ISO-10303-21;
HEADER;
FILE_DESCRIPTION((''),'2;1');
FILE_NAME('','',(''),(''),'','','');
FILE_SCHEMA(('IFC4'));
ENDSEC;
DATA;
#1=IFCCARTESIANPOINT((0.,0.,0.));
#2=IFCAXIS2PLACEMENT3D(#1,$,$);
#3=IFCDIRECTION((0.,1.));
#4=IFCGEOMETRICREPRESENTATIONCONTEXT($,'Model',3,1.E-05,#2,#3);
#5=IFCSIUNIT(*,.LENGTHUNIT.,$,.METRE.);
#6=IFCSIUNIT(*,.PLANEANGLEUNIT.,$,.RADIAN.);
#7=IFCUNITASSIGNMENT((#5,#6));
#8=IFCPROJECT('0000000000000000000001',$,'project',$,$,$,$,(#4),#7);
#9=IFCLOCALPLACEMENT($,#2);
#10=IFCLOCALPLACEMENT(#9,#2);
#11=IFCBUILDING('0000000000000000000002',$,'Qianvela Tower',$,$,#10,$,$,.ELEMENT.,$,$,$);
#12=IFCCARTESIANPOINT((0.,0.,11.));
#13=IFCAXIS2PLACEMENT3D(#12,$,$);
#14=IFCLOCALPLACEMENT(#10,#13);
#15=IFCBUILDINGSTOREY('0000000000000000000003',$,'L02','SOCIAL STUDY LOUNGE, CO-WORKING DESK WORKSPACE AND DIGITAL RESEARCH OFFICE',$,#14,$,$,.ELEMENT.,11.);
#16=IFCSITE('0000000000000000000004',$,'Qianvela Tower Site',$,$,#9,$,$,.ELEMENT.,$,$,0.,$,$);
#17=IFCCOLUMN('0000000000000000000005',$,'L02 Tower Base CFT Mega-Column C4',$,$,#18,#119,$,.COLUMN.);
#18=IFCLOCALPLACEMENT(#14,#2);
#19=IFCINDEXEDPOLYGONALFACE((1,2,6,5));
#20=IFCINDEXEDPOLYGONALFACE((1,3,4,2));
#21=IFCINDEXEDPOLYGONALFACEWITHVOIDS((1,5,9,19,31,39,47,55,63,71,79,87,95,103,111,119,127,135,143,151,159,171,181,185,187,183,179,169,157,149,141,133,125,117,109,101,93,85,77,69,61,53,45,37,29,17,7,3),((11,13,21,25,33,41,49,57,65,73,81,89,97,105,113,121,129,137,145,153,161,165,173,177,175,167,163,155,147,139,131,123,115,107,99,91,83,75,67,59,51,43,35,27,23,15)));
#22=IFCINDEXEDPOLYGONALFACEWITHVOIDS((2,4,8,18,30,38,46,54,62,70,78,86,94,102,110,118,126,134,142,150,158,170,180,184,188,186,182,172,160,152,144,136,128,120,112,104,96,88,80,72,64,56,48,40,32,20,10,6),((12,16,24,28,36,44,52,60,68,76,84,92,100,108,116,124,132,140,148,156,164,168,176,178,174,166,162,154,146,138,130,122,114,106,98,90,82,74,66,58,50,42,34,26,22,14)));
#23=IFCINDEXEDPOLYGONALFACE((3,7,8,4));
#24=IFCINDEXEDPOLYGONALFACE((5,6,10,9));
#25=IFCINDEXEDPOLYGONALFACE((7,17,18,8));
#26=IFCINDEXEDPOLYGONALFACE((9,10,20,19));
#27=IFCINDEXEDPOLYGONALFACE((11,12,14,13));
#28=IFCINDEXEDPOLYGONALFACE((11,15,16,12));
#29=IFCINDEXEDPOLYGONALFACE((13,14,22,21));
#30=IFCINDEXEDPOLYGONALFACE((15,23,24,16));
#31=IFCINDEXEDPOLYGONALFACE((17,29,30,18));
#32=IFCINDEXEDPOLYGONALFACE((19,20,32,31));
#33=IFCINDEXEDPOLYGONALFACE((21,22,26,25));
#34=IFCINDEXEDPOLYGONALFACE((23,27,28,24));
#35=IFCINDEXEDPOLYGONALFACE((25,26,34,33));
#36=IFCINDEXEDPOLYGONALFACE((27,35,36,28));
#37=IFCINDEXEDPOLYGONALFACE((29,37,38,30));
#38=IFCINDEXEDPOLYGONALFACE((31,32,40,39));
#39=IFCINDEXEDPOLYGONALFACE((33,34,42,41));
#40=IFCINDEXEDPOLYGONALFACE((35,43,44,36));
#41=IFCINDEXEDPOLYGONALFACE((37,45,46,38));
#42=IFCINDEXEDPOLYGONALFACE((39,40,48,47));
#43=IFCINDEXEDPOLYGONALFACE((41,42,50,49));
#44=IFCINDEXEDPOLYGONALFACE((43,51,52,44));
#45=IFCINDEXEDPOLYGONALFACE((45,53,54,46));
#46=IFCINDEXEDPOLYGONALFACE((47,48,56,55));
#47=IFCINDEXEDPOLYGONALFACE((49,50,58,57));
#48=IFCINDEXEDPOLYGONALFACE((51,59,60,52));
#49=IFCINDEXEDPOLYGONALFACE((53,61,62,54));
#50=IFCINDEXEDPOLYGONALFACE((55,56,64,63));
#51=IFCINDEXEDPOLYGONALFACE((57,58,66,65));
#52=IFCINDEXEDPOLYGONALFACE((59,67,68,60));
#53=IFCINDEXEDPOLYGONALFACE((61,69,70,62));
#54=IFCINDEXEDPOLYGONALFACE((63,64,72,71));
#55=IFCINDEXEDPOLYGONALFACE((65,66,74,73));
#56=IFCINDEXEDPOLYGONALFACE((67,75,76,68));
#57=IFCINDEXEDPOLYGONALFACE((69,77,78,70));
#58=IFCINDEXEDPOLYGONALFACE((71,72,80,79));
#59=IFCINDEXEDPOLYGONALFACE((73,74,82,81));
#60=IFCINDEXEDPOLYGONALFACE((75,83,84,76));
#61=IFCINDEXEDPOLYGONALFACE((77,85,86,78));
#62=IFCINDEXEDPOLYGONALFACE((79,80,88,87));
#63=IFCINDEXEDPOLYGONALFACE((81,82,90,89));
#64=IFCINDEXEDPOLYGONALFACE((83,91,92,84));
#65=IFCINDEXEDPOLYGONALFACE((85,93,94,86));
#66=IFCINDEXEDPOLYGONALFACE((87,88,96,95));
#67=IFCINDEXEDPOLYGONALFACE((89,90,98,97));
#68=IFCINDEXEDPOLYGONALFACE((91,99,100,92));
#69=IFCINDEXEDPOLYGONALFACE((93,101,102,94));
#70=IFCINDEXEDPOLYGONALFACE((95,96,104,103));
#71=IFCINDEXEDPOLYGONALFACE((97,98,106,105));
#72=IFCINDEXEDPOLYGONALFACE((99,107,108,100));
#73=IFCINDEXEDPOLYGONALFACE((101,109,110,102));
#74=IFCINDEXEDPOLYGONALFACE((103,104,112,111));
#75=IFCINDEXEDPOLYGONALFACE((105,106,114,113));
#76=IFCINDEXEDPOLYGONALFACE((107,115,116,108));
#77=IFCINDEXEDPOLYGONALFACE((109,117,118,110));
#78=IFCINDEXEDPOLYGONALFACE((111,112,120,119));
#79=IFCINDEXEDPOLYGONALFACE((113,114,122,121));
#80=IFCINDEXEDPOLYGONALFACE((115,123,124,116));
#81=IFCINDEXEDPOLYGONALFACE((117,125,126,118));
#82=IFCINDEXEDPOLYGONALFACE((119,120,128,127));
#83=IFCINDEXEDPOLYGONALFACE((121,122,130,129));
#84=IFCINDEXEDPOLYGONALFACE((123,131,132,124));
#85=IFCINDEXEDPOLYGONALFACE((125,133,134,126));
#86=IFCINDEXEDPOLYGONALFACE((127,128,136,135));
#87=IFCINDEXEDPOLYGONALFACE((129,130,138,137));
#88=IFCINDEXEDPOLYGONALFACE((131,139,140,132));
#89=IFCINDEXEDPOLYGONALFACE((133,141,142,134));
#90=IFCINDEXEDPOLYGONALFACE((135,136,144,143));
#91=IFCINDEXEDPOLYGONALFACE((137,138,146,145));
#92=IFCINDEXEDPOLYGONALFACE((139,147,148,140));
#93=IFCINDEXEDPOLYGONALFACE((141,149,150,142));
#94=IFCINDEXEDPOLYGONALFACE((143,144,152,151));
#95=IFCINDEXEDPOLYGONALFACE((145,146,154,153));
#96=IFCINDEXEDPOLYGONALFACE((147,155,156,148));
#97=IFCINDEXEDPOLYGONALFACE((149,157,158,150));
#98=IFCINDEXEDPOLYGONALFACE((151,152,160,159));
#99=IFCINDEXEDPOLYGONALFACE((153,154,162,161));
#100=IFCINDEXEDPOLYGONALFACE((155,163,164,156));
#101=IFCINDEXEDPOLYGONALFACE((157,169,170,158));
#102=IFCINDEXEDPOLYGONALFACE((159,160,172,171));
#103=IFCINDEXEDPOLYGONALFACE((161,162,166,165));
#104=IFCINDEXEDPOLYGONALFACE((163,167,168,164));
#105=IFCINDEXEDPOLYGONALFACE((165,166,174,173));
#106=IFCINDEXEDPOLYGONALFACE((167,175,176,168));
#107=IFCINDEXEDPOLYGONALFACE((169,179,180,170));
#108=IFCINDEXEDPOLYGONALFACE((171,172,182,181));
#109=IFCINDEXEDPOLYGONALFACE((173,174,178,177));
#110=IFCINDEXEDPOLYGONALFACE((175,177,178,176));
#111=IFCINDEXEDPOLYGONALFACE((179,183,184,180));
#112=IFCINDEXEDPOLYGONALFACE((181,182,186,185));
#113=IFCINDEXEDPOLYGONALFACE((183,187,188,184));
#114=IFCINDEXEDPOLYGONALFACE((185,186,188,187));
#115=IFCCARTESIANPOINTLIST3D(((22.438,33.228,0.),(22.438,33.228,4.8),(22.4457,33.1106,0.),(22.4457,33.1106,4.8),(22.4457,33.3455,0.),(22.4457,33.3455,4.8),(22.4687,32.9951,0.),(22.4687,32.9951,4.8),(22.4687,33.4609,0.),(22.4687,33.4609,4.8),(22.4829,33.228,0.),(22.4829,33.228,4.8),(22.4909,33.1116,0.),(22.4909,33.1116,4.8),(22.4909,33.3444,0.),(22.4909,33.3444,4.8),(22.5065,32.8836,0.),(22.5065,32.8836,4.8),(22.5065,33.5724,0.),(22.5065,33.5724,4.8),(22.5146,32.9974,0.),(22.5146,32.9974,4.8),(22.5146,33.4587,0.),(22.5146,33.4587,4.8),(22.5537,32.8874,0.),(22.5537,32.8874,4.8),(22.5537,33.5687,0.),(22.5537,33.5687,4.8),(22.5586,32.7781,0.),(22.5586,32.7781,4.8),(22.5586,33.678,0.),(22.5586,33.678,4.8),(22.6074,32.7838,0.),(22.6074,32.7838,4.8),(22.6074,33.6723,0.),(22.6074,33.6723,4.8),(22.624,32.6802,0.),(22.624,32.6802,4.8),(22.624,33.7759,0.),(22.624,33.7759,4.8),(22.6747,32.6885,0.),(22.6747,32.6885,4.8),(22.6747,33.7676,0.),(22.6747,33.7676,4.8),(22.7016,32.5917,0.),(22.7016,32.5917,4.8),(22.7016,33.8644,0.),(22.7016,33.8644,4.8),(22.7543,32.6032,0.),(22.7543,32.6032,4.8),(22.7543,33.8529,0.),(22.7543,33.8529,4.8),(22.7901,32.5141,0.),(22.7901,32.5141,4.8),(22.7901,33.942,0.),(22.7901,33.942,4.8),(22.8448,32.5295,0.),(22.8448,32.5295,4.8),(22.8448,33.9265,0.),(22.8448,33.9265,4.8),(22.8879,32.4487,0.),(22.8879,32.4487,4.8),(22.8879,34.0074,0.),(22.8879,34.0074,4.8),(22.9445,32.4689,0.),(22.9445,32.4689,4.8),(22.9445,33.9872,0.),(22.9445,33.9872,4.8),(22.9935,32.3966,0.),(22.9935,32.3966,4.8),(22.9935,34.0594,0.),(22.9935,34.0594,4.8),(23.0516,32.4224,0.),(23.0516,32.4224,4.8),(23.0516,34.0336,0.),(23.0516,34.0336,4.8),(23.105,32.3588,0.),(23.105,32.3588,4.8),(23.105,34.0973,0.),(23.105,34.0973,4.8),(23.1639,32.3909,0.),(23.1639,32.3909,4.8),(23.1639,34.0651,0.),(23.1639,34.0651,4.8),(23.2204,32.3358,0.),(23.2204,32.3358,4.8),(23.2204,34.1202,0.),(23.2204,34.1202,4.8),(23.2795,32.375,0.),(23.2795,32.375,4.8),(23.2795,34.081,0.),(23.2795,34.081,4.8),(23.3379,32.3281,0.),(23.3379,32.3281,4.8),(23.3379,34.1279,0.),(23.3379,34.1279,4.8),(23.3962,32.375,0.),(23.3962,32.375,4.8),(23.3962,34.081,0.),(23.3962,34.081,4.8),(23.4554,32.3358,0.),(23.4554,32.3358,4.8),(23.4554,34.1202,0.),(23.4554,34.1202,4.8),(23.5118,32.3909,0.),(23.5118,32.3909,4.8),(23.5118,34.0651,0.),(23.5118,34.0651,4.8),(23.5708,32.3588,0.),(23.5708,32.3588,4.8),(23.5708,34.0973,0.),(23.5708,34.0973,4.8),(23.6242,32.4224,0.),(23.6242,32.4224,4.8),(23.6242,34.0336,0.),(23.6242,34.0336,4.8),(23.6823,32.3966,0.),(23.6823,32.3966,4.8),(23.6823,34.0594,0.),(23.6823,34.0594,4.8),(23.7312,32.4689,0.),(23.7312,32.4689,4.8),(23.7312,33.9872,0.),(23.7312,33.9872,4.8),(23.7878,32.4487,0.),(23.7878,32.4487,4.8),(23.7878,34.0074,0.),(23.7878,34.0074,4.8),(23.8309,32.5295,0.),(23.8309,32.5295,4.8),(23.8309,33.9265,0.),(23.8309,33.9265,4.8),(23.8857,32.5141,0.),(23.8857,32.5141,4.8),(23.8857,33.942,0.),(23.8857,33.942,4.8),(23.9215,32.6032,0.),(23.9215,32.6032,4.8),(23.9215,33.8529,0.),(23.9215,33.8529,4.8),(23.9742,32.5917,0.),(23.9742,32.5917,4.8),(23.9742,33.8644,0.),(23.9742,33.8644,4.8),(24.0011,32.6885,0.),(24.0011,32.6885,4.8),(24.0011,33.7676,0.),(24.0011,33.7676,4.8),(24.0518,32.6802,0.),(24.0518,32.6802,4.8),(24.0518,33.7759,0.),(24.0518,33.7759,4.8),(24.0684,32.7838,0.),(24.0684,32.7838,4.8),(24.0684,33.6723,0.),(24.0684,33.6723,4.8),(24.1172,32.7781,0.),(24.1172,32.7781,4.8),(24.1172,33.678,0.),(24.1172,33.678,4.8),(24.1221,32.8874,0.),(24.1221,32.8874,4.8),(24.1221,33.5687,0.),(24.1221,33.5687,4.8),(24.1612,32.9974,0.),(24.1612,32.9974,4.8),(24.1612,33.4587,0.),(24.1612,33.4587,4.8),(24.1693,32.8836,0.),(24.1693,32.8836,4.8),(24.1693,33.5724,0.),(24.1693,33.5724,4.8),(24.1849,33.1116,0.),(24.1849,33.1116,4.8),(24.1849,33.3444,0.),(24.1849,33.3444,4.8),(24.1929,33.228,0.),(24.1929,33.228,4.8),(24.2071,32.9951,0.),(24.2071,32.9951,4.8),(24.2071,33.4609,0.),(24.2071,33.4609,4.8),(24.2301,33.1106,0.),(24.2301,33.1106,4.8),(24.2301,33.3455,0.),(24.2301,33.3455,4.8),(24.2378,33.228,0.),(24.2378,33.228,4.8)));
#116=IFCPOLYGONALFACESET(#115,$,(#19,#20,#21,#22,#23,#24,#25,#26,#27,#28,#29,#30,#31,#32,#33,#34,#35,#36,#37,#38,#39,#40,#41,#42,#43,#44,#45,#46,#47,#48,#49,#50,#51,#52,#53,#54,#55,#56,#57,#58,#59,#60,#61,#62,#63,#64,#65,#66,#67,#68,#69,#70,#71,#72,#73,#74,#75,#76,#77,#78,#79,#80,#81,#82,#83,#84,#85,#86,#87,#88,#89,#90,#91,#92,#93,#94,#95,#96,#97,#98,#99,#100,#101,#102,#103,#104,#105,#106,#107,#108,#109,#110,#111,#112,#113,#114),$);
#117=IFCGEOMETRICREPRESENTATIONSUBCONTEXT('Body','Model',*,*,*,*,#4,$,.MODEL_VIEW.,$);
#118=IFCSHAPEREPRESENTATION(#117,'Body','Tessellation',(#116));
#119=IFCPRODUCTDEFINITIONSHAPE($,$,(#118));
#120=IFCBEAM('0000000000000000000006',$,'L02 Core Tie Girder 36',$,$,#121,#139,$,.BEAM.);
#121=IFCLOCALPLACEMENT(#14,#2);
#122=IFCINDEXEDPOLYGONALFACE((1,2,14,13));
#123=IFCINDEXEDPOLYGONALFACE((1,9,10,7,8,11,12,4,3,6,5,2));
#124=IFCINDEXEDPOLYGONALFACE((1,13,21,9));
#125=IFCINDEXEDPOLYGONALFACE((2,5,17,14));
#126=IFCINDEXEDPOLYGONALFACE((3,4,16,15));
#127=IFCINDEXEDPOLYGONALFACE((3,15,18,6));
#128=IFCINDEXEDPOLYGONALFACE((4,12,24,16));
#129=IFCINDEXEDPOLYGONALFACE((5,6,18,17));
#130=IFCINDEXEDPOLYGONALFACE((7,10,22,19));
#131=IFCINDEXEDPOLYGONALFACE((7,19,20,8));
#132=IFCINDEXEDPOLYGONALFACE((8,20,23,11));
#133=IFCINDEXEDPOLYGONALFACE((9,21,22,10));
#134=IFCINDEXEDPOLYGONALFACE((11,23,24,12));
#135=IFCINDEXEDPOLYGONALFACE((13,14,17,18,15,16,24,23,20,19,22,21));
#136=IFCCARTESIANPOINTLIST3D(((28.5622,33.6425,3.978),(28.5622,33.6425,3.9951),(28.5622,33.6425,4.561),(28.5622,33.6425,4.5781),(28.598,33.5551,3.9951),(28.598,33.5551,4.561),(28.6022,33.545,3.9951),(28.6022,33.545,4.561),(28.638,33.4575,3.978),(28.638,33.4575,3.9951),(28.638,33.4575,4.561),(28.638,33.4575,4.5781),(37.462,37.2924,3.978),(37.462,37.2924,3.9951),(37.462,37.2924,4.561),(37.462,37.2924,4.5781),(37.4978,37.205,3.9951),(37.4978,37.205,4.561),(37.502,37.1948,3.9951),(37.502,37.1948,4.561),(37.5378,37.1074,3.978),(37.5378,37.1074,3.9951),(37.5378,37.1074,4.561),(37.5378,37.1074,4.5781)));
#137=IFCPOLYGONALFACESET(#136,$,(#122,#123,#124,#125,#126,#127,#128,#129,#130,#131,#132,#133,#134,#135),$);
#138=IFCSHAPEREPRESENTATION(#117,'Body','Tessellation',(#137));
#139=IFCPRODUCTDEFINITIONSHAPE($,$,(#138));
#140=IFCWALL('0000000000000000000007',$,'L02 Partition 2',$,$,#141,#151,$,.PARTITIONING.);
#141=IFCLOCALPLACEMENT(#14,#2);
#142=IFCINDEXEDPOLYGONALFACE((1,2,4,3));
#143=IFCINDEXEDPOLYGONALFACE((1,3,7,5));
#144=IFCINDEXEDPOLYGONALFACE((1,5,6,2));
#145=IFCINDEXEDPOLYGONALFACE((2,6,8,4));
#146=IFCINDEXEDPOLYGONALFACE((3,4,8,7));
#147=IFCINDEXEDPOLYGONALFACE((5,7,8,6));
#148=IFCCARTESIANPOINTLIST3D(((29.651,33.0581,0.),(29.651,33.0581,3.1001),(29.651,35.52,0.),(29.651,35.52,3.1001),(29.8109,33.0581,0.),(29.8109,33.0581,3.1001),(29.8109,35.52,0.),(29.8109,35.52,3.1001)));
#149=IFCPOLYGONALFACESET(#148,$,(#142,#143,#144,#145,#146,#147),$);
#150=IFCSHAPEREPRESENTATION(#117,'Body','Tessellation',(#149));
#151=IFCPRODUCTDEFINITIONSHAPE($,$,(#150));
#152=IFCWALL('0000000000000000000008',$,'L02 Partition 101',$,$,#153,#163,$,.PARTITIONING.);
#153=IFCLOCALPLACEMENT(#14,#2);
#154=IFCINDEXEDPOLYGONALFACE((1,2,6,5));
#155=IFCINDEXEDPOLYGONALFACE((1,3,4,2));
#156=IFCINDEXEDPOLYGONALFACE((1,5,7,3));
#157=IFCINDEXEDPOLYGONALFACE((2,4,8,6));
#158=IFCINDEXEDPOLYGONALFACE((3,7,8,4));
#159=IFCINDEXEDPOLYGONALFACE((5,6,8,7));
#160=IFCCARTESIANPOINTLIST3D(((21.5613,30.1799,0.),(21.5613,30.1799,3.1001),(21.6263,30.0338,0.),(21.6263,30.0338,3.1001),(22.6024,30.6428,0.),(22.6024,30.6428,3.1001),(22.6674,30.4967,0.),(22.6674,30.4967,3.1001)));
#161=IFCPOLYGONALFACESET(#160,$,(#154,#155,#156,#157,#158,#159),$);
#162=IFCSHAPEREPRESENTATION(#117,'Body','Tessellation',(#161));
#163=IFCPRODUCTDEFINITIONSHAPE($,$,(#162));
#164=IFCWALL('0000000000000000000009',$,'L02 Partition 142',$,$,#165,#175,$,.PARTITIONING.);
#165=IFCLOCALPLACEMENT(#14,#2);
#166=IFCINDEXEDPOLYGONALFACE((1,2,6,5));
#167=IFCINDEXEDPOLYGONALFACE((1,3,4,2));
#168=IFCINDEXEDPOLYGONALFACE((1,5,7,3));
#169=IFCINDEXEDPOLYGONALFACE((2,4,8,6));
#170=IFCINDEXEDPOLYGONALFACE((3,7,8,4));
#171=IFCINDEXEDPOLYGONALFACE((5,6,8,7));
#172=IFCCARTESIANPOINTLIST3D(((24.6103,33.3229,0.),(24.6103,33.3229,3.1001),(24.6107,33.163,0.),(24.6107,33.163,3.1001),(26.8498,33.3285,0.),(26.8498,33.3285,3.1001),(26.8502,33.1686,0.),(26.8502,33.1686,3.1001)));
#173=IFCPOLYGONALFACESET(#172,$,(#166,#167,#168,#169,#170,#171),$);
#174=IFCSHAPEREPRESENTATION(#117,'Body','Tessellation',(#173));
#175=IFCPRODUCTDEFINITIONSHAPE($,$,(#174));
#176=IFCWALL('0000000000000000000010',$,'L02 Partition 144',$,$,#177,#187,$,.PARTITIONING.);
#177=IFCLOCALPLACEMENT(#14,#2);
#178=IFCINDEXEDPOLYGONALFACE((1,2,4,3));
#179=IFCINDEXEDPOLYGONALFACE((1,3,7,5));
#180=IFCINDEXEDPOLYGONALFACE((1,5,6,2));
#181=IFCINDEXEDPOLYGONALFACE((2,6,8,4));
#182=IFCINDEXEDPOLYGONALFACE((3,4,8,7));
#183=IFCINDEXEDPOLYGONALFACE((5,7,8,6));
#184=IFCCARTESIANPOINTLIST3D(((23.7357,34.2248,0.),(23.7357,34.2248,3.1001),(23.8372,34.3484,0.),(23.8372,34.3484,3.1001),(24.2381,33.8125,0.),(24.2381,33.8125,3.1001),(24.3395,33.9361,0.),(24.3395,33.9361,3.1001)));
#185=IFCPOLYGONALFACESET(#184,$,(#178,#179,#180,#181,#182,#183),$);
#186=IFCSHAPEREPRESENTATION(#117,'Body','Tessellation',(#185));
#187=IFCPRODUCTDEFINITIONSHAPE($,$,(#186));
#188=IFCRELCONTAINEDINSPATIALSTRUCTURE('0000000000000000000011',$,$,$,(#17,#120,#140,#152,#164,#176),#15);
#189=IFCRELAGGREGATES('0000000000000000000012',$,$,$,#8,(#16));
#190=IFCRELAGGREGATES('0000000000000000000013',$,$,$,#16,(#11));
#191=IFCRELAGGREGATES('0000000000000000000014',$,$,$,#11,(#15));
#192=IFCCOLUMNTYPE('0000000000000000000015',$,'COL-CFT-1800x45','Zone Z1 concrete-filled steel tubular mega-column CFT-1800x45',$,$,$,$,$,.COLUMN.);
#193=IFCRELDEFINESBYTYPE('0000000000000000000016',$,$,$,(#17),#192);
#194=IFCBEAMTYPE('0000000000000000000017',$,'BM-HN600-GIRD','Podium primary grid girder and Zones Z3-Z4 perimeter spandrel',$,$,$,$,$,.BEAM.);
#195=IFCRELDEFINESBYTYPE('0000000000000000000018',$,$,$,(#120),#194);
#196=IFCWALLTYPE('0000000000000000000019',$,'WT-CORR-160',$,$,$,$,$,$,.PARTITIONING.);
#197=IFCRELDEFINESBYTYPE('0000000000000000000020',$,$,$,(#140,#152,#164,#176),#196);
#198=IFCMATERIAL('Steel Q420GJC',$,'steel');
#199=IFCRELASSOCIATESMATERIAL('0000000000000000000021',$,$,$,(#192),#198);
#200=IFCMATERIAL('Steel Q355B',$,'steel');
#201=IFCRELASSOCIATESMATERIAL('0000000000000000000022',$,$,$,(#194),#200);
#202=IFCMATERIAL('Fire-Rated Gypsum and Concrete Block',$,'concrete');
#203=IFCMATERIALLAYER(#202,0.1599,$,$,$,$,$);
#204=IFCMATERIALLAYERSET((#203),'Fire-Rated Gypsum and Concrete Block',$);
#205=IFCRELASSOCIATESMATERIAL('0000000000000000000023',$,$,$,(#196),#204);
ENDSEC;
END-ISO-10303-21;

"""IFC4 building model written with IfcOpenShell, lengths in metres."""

from ifc_helpers import new_model, si_unit, direction, frame, frame_2d, origin, origin_2d, place, context, subcontext, project, spatial, rectangle, hollow_circle, i_section, extrude, material, layer, layer_set, material_profile, profile_set, type_object, element, save


model = new_model("IFC4")

# Units and contexts
model_context = context("Model", 3, precision=1e-05, world=origin(), true_north=direction((0.0, 1.0)))
body_context = subcontext(model_context, "Body", "Model", "MODEL_VIEW")
ifc_project = project(units=[si_unit("LENGTHUNIT", "METRE"), si_unit("PLANEANGLEUNIT", "RADIAN")], contexts=[model_context])

# Site, building, storey
site_placement = place(None, origin())
site = spatial("IfcSite", under=ifc_project, at=site_placement, Name="Qianvela Tower Site", CompositionType="ELEMENT", RefElevation=0.0)
building_placement = place(site_placement, origin())
building = spatial("IfcBuilding", under=site, at=building_placement, Name="Qianvela Tower", CompositionType="ELEMENT")
storey_placement = place(building_placement, frame((0.0, 0.0, 11.0)))
storey = spatial("IfcBuildingStorey", under=building, at=storey_placement, Name="L02", Description="SOCIAL STUDY LOUNGE, CO-WORKING DESK WORKSPACE AND DIGITAL RESEARCH OFFICE", CompositionType="ELEMENT", Elevation=11.0)

# Column
ifc_material_1 = material(Name="Steel Q420GJC", Category="steel")
ifc_material_profile_1 = material_profile(ifc_material_1, hollow_circle(Radius=0.8999, WallThickness=0.0449, at=origin_2d()), Name="CFT-1800x45")
ifc_profile_set_1 = profile_set([ifc_material_profile_1], Name="Steel Q420GJC")
column_type = type_object("IfcColumnType", Name="COL-CFT-1800x45", Description="Zone Z1 concrete-filled steel tubular mega-column CFT-1800x45", PredefinedType="COLUMN", material=ifc_profile_set_1)
for number, where, z_axis, x_axis, name in (
    (1, (23.3379, 33.228, 0.0), (0.0, 0.0, 1.0), (1.0, 0.0, 0.0), "L02 Tower Base CFT Mega-Column C4"),
):
    element("IfcColumn", number, at=place(storey_placement, frame(where, z_axis=z_axis, x_axis=x_axis)), inside=storey, type_object=column_type, Name=name, PredefinedType="COLUMN", context=body_context, shape_type="SweptSolid", body=[
        extrude(hollow_circle(Radius=0.8999, WallThickness=0.0449, at=origin_2d()), origin(), (0.0, 0.0, 1.0), 4.8),
    ])

# Beam
ifc_material_2 = material(Name="Steel Q355B", Category="steel")
ifc_material_profile_2 = material_profile(ifc_material_2, i_section(OverallWidth=0.2, OverallDepth=0.6001, WebThickness=0.011, FlangeThickness=0.0171, at=origin_2d()), Name="HN600x200x11x17")
ifc_profile_set_2 = profile_set([ifc_material_profile_2], Name="Steel Q355B")
beam_type = type_object("IfcBeamType", Name="BM-HN600-GIRD", Description="Podium primary grid girder and Zones Z3-Z4 perimeter spandrel", PredefinedType="BEAM", material=ifc_profile_set_2)
beam_placement = place(storey_placement, frame((28.6001, 33.55, 4.2781), z_axis=(0.925218, 0.379437, 0.0), x_axis=(-0.379437, 0.925218, 0.0)))
element("IfcBeam", 2, at=beam_placement, inside=storey, type_object=beam_type, Name="L02 Core Tie Girder 36", PredefinedType="BEAM", context=body_context, shape_type="SweptSolid", body=[
    extrude(i_section(OverallWidth=0.2, OverallDepth=0.6001, WebThickness=0.011, FlangeThickness=0.0171, at=origin_2d()), origin(), (0.0, 0.0, 1.0), 9.6191),
])

# Walls
ifc_material_3 = material(Name="Fire-Rated Gypsum and Concrete Block", Category="concrete")
ifc_layer_1 = layer(ifc_material_3, 0.1599)
ifc_layer_set_1 = layer_set([ifc_layer_1], Name="Fire-Rated Gypsum and Concrete Block")
wall_type_1 = type_object("IfcWallType", Name="WT-CORR-160", PredefinedType="PARTITIONING", material=ifc_layer_set_1)
wall_1_placement = place(storey_placement, frame((29.731, 33.0581, 0.0), z_axis=(0.0, 0.0, 1.0), x_axis=(0.0, 1.0, 0.0)))
element("IfcWall", 3, at=wall_1_placement, inside=storey, type_object=wall_type_1, Name="L02 Partition 2", PredefinedType="PARTITIONING", context=body_context, shape_type="SweptSolid", body=[
    extrude(rectangle(XDim=2.4619, YDim=0.1599, at=frame_2d((1.231, 0.0))), origin(), (0.0, 0.0, 1.0), 3.1001),
])
wall_2_placement = place(storey_placement, frame((22.635, 30.5698, 0.0), z_axis=(0.0, 0.0, 1.0), x_axis=(-0.913741, -0.406298, 0.0)))
element("IfcWall", 4, at=wall_2_placement, inside=storey, type_object=wall_type_1, Name="L02 Partition 101", PredefinedType="PARTITIONING", context=body_context, shape_type="SweptSolid", body=[
    extrude(rectangle(XDim=1.1394, YDim=0.1599, at=frame_2d((0.5698, 0.0))), origin(), (0.0, 0.0, 1.0), 3.1001),
])
wall_3_placement = place(storey_placement, frame((26.8499, 33.2485, 0.0), z_axis=(0.0, 0.0, 1.0), x_axis=(-0.999997, -0.002507, 0.0)))
element("IfcWall", 5, at=wall_3_placement, inside=storey, type_object=wall_type_1, Name="L02 Partition 142", PredefinedType="PARTITIONING", context=body_context, shape_type="SweptSolid", body=[
    extrude(rectangle(XDim=2.2395, YDim=0.1599, at=frame_2d((1.1196, 0.0))), origin(), (0.0, 0.0, 1.0), 3.1001),
])
wall_4_placement = place(storey_placement, frame((24.2888, 33.8743, 0.0), z_axis=(0.0, 0.0, 1.0), x_axis=(-0.773003, 0.634403, 0.0)))
element("IfcWall", 6, at=wall_4_placement, inside=storey, type_object=wall_type_1, Name="L02 Partition 144", PredefinedType="PARTITIONING", context=body_context, shape_type="SweptSolid", body=[
    extrude(rectangle(XDim=0.6499, YDim=0.1599, at=frame_2d((0.325, 0.0))), origin(), (0.0, 0.0, 1.0), 3.1001),
])

save(model, "model.ifc")
